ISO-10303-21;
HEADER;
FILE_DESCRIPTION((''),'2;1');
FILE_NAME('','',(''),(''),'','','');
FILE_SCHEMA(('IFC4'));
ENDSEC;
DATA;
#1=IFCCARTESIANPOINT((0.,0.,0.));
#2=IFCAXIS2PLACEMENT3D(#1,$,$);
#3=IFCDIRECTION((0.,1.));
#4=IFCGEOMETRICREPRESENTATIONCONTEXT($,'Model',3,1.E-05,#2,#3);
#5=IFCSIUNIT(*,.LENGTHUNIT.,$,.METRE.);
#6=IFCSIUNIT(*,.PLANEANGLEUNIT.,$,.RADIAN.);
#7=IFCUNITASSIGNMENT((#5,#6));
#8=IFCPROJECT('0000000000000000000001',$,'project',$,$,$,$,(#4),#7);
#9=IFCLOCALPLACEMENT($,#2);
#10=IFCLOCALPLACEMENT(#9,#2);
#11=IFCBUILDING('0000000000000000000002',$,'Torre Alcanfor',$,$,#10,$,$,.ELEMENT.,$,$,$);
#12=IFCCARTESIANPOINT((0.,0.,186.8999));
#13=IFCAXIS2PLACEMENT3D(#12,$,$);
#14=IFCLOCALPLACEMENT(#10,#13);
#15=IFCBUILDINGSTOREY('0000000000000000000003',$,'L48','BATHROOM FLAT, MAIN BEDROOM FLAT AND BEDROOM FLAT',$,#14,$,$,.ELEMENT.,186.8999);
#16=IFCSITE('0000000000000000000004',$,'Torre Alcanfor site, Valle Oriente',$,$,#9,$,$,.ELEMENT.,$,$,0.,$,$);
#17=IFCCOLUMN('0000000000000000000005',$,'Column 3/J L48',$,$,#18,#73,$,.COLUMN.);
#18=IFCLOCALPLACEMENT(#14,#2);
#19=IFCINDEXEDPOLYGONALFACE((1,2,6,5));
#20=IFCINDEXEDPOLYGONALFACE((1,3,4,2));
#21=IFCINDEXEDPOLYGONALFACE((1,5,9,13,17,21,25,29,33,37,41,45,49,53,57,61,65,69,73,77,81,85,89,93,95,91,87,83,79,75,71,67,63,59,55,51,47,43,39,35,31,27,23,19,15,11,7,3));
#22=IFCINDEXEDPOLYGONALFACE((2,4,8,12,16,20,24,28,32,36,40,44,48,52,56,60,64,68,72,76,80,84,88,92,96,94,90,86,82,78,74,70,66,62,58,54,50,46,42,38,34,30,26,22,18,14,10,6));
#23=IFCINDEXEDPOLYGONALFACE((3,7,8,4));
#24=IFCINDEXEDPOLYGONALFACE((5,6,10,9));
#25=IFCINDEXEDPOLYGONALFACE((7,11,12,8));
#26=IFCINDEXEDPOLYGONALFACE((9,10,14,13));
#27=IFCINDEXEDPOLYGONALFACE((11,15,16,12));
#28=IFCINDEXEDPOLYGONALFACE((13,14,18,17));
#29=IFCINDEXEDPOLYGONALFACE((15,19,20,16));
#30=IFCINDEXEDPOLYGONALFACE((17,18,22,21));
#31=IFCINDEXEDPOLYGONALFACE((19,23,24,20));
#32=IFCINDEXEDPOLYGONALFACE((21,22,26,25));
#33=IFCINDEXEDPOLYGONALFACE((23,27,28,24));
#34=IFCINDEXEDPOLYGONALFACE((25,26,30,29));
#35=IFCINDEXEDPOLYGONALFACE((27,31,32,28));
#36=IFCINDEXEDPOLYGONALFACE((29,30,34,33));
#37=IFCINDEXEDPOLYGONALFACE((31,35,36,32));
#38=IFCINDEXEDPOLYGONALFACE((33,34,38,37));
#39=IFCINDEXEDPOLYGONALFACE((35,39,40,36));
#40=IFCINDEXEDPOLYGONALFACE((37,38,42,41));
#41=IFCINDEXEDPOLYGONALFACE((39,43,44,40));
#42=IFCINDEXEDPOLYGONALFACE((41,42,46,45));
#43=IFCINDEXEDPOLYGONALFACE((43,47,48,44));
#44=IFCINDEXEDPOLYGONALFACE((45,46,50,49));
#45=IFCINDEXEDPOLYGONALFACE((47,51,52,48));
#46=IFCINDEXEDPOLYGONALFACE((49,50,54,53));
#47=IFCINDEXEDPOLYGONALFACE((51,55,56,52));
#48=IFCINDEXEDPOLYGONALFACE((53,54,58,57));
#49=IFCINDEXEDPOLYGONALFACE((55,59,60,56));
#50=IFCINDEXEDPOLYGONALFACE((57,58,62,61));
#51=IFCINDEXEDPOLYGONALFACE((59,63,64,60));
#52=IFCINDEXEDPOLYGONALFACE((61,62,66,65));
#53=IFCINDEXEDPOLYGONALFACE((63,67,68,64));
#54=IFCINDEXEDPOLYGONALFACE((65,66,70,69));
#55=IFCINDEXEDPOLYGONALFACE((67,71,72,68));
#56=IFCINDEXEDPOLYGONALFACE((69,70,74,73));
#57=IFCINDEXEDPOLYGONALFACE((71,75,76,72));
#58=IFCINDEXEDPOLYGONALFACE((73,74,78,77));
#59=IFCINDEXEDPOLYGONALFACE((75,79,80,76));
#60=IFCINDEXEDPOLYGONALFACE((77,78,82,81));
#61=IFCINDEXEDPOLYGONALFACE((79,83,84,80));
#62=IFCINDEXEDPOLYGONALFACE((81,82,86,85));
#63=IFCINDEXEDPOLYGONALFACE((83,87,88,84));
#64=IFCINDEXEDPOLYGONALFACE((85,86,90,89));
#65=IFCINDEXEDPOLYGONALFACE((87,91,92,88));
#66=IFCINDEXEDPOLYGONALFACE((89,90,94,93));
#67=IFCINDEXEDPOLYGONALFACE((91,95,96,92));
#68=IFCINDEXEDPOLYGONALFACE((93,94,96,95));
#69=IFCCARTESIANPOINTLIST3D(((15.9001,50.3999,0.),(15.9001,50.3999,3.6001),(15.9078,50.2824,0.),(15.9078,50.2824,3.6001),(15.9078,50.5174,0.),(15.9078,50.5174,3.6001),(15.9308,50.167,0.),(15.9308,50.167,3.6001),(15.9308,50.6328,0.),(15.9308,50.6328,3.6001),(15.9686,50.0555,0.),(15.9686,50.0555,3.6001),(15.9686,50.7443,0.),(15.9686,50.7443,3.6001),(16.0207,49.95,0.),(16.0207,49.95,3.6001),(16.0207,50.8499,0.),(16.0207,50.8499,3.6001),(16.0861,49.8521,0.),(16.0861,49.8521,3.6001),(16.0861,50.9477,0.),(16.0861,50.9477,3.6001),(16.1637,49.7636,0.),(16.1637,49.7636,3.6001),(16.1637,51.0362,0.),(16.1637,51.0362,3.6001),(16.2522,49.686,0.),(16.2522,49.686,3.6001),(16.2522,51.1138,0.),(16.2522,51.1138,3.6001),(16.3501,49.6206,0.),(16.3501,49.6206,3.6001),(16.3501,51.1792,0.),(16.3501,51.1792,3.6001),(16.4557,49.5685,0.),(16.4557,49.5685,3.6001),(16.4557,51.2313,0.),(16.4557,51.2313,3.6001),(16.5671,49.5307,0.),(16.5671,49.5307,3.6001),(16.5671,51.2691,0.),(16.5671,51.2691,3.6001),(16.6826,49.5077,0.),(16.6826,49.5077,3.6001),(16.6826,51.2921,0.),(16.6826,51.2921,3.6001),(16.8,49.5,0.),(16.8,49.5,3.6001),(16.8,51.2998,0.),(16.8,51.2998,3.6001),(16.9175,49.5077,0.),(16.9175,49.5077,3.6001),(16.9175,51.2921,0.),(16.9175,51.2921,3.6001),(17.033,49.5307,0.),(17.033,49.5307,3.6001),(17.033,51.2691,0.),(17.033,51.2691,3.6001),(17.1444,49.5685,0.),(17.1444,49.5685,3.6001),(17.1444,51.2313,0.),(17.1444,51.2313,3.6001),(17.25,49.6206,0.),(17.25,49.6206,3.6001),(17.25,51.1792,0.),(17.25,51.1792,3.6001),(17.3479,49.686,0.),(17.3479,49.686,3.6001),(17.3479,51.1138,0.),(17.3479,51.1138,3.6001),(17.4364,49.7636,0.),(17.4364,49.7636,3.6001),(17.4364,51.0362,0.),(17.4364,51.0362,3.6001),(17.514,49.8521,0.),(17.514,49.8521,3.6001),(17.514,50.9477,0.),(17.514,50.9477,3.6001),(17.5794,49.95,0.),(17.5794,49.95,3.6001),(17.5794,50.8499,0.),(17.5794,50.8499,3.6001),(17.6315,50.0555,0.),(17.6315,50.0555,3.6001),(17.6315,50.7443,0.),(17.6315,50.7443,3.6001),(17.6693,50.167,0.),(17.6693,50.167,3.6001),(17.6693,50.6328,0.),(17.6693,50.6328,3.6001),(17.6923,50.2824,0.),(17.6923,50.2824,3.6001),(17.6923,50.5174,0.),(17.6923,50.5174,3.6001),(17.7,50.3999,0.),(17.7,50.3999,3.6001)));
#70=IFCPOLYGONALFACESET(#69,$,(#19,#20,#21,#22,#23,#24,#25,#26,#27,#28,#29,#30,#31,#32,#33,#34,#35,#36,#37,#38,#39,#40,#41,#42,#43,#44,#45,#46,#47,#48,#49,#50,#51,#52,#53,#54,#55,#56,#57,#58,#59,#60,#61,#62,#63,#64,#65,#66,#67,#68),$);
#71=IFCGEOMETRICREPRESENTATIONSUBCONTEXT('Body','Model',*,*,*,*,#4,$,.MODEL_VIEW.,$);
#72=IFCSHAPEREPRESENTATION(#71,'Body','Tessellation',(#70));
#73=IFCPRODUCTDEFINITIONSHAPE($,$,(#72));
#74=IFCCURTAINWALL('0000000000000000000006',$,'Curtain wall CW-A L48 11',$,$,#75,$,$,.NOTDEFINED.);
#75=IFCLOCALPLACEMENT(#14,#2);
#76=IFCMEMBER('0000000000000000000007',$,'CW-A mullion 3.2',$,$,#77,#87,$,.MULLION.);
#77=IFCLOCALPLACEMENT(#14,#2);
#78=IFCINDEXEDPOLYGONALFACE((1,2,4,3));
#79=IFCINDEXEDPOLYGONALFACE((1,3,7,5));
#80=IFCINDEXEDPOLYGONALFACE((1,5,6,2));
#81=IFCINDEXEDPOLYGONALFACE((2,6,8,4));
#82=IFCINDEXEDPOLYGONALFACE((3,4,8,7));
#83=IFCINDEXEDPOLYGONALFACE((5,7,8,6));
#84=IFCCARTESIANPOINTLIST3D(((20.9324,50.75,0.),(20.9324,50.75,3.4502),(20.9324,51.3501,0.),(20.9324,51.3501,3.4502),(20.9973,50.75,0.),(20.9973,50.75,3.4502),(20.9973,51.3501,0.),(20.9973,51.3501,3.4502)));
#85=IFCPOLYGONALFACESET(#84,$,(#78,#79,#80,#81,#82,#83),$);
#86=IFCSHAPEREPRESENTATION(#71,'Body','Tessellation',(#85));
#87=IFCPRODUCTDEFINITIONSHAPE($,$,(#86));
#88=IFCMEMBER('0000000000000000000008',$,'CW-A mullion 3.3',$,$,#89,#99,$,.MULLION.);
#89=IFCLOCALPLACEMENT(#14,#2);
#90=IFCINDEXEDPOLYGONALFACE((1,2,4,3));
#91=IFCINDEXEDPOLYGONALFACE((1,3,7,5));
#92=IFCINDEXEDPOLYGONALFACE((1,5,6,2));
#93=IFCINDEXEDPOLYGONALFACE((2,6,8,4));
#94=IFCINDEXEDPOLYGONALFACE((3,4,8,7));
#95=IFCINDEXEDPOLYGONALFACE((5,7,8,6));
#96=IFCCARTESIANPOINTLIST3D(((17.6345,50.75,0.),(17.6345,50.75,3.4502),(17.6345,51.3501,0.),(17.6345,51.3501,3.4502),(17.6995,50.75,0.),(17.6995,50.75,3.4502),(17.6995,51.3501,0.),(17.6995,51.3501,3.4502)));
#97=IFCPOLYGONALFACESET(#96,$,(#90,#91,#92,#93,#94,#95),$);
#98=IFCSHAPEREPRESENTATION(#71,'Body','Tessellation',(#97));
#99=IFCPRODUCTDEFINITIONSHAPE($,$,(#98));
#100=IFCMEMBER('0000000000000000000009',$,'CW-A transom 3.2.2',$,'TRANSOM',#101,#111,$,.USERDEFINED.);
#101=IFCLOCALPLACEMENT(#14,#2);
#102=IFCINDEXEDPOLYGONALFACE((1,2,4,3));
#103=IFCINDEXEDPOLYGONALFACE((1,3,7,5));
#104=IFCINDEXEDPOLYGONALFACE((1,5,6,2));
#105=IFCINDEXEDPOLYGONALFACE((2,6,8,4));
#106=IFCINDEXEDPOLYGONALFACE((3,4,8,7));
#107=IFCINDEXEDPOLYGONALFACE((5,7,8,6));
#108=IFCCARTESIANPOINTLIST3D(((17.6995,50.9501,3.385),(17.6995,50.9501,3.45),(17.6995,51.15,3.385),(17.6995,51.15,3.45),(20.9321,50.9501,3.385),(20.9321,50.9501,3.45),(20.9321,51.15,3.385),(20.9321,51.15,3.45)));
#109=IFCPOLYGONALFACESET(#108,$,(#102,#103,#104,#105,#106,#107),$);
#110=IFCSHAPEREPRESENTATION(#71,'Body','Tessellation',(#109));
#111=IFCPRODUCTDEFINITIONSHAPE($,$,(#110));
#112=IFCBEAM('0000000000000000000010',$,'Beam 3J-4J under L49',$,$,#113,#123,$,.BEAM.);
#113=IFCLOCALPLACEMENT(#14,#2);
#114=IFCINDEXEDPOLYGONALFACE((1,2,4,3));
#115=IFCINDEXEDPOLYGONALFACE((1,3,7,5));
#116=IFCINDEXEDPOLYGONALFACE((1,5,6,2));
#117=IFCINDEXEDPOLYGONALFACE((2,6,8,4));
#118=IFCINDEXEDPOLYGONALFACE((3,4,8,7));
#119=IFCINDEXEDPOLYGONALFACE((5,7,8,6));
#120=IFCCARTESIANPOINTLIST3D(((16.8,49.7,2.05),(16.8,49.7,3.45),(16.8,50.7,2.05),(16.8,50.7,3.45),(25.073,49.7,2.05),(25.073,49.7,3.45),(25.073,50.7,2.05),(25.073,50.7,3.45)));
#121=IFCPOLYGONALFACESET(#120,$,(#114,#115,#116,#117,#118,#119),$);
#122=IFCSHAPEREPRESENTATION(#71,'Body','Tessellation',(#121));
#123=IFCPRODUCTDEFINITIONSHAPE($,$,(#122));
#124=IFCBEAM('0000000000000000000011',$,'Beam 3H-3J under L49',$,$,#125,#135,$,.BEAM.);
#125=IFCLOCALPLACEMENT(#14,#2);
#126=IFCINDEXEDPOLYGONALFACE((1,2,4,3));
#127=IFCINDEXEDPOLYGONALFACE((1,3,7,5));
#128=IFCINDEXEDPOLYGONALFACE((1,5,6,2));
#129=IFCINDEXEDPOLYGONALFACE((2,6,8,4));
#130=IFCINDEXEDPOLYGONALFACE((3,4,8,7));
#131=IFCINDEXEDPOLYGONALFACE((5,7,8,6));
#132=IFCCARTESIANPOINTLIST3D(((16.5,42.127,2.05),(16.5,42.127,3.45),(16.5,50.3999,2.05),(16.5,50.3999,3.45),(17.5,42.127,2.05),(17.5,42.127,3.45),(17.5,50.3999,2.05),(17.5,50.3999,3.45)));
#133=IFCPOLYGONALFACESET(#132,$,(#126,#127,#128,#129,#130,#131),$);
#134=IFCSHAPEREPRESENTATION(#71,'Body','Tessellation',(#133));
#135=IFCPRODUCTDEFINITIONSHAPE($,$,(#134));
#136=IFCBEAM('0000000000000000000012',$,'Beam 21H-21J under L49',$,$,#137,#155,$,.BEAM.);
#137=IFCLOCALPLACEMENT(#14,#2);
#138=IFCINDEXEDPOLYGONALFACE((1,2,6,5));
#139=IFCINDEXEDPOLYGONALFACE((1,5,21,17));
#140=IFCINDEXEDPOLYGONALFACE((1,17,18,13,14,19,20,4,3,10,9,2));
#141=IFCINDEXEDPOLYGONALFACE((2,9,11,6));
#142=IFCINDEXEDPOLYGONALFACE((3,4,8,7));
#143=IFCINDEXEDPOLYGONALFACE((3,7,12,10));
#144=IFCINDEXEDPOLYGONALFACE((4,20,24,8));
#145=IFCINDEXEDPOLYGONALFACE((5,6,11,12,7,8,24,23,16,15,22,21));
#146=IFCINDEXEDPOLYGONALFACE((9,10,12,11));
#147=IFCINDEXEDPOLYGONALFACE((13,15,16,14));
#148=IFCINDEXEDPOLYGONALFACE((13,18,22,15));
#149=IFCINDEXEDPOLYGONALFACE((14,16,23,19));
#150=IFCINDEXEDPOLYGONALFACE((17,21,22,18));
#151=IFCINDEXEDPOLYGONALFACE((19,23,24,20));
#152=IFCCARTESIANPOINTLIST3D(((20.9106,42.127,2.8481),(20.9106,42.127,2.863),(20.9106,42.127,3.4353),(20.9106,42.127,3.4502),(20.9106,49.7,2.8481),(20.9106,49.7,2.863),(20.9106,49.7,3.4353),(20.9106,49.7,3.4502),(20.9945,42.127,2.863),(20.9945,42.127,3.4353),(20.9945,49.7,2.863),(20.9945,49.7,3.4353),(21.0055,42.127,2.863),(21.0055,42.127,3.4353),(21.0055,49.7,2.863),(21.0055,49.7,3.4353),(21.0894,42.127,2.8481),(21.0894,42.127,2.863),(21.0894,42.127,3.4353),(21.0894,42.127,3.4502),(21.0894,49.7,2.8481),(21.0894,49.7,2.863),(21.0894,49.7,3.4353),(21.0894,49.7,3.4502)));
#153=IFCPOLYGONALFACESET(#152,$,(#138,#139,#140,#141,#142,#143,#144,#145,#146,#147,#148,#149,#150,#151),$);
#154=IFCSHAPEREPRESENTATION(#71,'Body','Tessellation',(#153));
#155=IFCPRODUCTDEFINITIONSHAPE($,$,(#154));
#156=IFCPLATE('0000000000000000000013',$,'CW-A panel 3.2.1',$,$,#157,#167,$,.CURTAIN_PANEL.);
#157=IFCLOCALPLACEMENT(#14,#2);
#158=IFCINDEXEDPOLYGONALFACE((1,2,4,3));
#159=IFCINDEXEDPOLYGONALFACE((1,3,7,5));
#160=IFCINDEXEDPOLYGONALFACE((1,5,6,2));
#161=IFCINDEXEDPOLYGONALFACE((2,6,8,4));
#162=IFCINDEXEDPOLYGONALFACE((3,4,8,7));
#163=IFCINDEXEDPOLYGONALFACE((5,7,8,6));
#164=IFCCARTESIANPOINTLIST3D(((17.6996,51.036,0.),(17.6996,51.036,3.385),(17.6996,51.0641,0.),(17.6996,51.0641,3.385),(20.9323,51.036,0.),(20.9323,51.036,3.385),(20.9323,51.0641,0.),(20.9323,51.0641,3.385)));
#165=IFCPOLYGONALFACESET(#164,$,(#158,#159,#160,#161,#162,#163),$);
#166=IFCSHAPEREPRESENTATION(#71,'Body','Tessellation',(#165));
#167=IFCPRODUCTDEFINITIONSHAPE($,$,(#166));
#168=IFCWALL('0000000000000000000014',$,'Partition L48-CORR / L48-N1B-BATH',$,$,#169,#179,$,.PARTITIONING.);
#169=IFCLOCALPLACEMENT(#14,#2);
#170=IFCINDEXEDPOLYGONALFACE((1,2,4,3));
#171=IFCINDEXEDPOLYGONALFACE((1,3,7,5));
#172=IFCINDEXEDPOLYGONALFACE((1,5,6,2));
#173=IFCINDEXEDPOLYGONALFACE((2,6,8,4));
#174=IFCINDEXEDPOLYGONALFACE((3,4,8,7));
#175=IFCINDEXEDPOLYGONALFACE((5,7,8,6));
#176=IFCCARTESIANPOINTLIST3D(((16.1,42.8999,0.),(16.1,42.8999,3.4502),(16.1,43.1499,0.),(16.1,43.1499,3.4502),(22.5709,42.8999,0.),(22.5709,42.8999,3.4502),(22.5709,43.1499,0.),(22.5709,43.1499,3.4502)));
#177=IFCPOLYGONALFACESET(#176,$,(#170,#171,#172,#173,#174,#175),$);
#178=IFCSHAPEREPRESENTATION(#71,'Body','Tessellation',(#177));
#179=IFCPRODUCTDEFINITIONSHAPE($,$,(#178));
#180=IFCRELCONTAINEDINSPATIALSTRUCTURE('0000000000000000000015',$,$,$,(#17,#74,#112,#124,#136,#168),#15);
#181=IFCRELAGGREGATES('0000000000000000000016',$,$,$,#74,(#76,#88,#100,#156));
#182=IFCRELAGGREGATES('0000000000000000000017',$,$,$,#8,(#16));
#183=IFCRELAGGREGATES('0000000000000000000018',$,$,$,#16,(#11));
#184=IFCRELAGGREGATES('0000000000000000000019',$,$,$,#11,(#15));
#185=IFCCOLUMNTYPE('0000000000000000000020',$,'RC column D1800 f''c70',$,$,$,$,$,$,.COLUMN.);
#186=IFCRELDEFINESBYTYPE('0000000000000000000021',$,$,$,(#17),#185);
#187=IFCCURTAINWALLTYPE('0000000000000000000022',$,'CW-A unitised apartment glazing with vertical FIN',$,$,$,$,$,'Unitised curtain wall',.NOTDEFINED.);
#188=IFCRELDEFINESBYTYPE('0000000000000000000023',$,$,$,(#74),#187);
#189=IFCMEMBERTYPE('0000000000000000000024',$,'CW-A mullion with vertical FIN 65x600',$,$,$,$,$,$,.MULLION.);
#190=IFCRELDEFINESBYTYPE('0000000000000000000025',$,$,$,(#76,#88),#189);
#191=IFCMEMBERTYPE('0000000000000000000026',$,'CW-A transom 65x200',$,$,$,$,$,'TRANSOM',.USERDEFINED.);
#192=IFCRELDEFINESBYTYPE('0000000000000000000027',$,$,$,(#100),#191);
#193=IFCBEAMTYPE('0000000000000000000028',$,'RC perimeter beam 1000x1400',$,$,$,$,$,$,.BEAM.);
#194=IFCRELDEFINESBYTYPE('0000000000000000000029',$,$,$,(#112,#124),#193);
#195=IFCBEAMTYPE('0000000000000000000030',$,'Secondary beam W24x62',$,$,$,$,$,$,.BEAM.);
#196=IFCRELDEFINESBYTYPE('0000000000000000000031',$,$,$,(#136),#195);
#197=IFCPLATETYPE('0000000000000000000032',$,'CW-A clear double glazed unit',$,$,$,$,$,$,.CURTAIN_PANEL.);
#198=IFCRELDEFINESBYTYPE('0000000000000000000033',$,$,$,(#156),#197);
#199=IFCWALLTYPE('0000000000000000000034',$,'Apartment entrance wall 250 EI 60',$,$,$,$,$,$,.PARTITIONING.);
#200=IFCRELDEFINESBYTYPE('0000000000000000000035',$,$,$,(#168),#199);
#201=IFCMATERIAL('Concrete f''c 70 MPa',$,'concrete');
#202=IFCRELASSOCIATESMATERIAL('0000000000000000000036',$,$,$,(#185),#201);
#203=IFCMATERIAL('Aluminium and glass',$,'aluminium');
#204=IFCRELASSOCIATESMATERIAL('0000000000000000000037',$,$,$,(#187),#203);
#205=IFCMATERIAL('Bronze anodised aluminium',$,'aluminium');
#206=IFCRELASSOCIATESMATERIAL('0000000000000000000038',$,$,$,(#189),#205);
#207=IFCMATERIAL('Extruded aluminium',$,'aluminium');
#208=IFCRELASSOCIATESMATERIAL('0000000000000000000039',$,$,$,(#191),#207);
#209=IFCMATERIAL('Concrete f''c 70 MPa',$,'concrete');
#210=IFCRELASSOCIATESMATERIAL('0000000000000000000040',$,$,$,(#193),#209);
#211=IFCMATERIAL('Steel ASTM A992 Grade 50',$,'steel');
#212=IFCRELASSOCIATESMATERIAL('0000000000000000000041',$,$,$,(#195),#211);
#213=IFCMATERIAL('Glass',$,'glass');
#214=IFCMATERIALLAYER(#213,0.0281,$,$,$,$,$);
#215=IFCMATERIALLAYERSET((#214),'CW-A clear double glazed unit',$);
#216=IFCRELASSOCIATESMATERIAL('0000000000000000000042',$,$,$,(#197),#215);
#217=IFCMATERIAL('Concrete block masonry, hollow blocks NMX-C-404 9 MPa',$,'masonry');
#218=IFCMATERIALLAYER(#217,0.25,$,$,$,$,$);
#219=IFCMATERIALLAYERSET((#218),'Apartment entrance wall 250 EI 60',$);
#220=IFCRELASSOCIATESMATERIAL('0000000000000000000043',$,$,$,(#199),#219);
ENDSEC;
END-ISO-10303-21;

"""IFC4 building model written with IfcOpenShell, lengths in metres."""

from ifc_helpers import new_model, si_unit, direction, frame, frame_2d, origin, origin_2d, place, context, subcontext, project, spatial, rectangle, circle, i_section, extrude, material, layer, layer_set, material_profile, profile_set, type_object, element, aggregate, save


model = new_model("IFC4")

# Units and contexts
model_context = context("Model", 3, precision=1e-05, world=origin(), true_north=direction((0.0, 1.0)))
body_context = subcontext(model_context, "Body", "Model", "MODEL_VIEW")
ifc_project = project(units=[si_unit("LENGTHUNIT", "METRE"), si_unit("PLANEANGLEUNIT", "RADIAN")], contexts=[model_context])

# Site, building, storey
site_placement = place(None, origin())
site = spatial("IfcSite", under=ifc_project, at=site_placement, Name="Torre Alcanfor site, Valle Oriente", CompositionType="ELEMENT", RefElevation=0.0)
building_placement = place(site_placement, origin())
building = spatial("IfcBuilding", under=site, at=building_placement, Name="Torre Alcanfor", CompositionType="ELEMENT")
storey_placement = place(building_placement, frame((0.0, 0.0, 186.8999)))
storey = spatial("IfcBuildingStorey", under=building, at=storey_placement, Name="L48", Description="BATHROOM FLAT, MAIN BEDROOM FLAT AND BEDROOM FLAT", CompositionType="ELEMENT", Elevation=186.8999)

# Column
ifc_material_1 = material(Name="Concrete f'c 70 MPa", Category="concrete")
ifc_material_profile_1 = material_profile(ifc_material_1, circle(Radius=0.8999, at=origin_2d()), Name="D1800")
ifc_profile_set_1 = profile_set([ifc_material_profile_1], Name="Concrete f'c 70 MPa")
column_type = type_object("IfcColumnType", Name="RC column D1800 f'c70", PredefinedType="COLUMN", material=ifc_profile_set_1)
column_placement = place(storey_placement, frame((16.8, 50.3999, 0.0), z_axis=(0.0, 0.0, 1.0), x_axis=(1.0, 0.0, 0.0)))
element("IfcColumn", 1, at=column_placement, inside=storey, type_object=column_type, Name="Column 3/J L48", PredefinedType="COLUMN", context=body_context, shape_type="SweptSolid", body=[
    extrude(circle(Radius=0.8999, at=origin_2d()), origin(), (0.0, 0.0, 1.0), 3.6001),
])

# Curtain wall, members
ifc_material_2 = material(Name="Aluminium and glass", Category="aluminium")
curtain_wall_type = type_object("IfcCurtainWallType", Name="CW-A unitised apartment glazing with vertical FIN", ElementType="Unitised curtain wall", PredefinedType="NOTDEFINED", material=ifc_material_2)
curtain_wall_placement = place(storey_placement, origin())
curtain_wall = element("IfcCurtainWall", 2, at=curtain_wall_placement, inside=storey, type_object=curtain_wall_type, Name="Curtain wall CW-A L48 11", PredefinedType="NOTDEFINED")
ifc_material_3 = material(Name="Bronze anodised aluminium", Category="aluminium")
ifc_material_profile_2 = material_profile(ifc_material_3, rectangle(XDim=0.6001, YDim=0.0649, at=origin_2d()), Name="CW-A mullion 65x600")
ifc_profile_set_2 = profile_set([ifc_material_profile_2], Name="Bronze anodised aluminium")
member_type_1 = type_object("IfcMemberType", Name="CW-A mullion with vertical FIN 65x600", PredefinedType="MULLION", material=ifc_profile_set_2)
member_1_placement = place(storey_placement, frame((20.9648, 51.05, 0.0), z_axis=(0.0, 0.0, 1.0), x_axis=(0.0, -1.0, 0.0)))
member_1 = element("IfcMember", 3, at=member_1_placement, type_object=member_type_1, Name="CW-A mullion 3.2", PredefinedType="MULLION", context=body_context, shape_type="SweptSolid", body=[
    extrude(rectangle(XDim=0.6001, YDim=0.0649, at=origin_2d()), origin(), (0.0, 0.0, 1.0), 3.4502),
])
member_2_placement = place(storey_placement, frame((17.667, 51.05, 0.0), z_axis=(0.0, 0.0, 1.0), x_axis=(0.0, -1.0, 0.0)))
member_2 = element("IfcMember", 4, at=member_2_placement, type_object=member_type_1, Name="CW-A mullion 3.3", PredefinedType="MULLION", context=body_context, shape_type="SweptSolid", body=[
    extrude(rectangle(XDim=0.6001, YDim=0.0649, at=origin_2d()), origin(), (0.0, 0.0, 1.0), 3.4502),
])
ifc_material_4 = material(Name="Extruded aluminium", Category="aluminium")
ifc_material_profile_3 = material_profile(ifc_material_4, rectangle(XDim=0.2, YDim=0.0649, at=origin_2d()), Name="CW-A transom 200x65")
ifc_profile_set_3 = profile_set([ifc_material_profile_3], Name="Extruded aluminium")
member_type_2 = type_object("IfcMemberType", Name="CW-A transom 65x200", ElementType="TRANSOM", PredefinedType="USERDEFINED", material=ifc_profile_set_3)
member_3_placement = place(storey_placement, frame((20.9321, 51.05, 3.4175), z_axis=(-1.0, 0.0, 0.0), x_axis=(0.0, -1.0, 0.0)))
member_3 = element("IfcMember", 5, at=member_3_placement, type_object=member_type_2, Name="CW-A transom 3.2.2", ObjectType="TRANSOM", PredefinedType="USERDEFINED", context=body_context, shape_type="SweptSolid", body=[
    extrude(rectangle(XDim=0.2, YDim=0.0649, at=origin_2d()), origin(), (0.0, 0.0, 1.0), 3.2327),
])

# Beams
ifc_material_5 = material(Name="Concrete f'c 70 MPa", Category="concrete")
ifc_material_profile_4 = material_profile(ifc_material_5, rectangle(XDim=1.0, YDim=1.3999, at=origin_2d()), Name="1000x1400")
ifc_profile_set_4 = profile_set([ifc_material_profile_4], Name="Concrete f'c 70 MPa")
beam_type_1 = type_object("IfcBeamType", Name="RC perimeter beam 1000x1400", PredefinedType="BEAM", material=ifc_profile_set_4)
for number, where, z_axis, x_axis, name in (
    (6, (16.8, 50.2, 2.75), (1.0, 0.0, 0.0), (0.0, 1.0, 0.0), "Beam 3J-4J under L49"),
    (7, (17.0, 42.127, 2.75), (0.0, 1.0, 0.0), (-1.0, 0.0, 0.0), "Beam 3H-3J under L49"),
):
    element("IfcBeam", number, at=place(storey_placement, frame(where, z_axis=z_axis, x_axis=x_axis)), inside=storey, type_object=beam_type_1, Name=name, PredefinedType="BEAM", context=body_context, shape_type="SweptSolid", body=[
        extrude(rectangle(XDim=1.0, YDim=1.3999, at=origin_2d()), origin(), (0.0, 0.0, 1.0), 8.2729),
    ])
ifc_material_6 = material(Name="Steel ASTM A992 Grade 50", Category="steel")
ifc_material_profile_5 = material_profile(ifc_material_6, i_section(OverallWidth=0.1787, OverallDepth=0.6021, WebThickness=0.011, FlangeThickness=0.0149, at=origin_2d()), Name="W24x62")
ifc_profile_set_5 = profile_set([ifc_material_profile_5], Name="Steel ASTM A992 Grade 50")
beam_type_2 = type_object("IfcBeamType", Name="Secondary beam W24x62", PredefinedType="BEAM", material=ifc_profile_set_5)
beam_placement = place(storey_placement, frame((21.0, 42.127, 3.1492), z_axis=(0.0, 1.0, 0.0), x_axis=(-1.0, 0.0, 0.0)))
element("IfcBeam", 8, at=beam_placement, inside=storey, type_object=beam_type_2, Name="Beam 21H-21J under L49", PredefinedType="BEAM", context=body_context, shape_type="SweptSolid", body=[
    extrude(i_section(OverallWidth=0.1787, OverallDepth=0.6021, WebThickness=0.011, FlangeThickness=0.0149, at=origin_2d()), origin(), (0.0, 0.0, 1.0), 7.573),
])

# Plate
ifc_material_7 = material(Name="Glass", Category="glass")
ifc_layer_1 = layer(ifc_material_7, 0.0281)
ifc_layer_set_1 = layer_set([ifc_layer_1], Name="CW-A clear double glazed unit")
plate_type = type_object("IfcPlateType", Name="CW-A clear double glazed unit", PredefinedType="CURTAIN_PANEL", material=ifc_layer_set_1)
plate_placement = place(storey_placement, frame((19.3159, 51.05, 0.0), z_axis=(0.0, 0.0, 1.0), x_axis=(-1.0, 0.0, 0.0)))
plate = element("IfcPlate", 9, at=plate_placement, type_object=plate_type, Name="CW-A panel 3.2.1", PredefinedType="CURTAIN_PANEL", context=body_context, shape_type="SweptSolid", body=[
    extrude(rectangle(XDim=3.2327, YDim=0.0281, at=origin_2d()), origin(), (0.0, 0.0, 1.0), 3.385),
])
aggregate(curtain_wall, [member_1, member_2, member_3, plate])

# Wall
ifc_material_8 = material(Name="Concrete block masonry, hollow blocks NMX-C-404 9 MPa", Category="masonry")
ifc_layer_2 = layer(ifc_material_8, 0.25)
ifc_layer_set_2 = layer_set([ifc_layer_2], Name="Apartment entrance wall 250 EI 60")
wall_type_1 = type_object("IfcWallType", Name="Apartment entrance wall 250 EI 60", PredefinedType="PARTITIONING", material=ifc_layer_set_2)
wall_1_placement = place(storey_placement, frame((16.1001, 43.0249, 0.0), z_axis=(0.0, 0.0, 1.0), x_axis=(1.0, 0.0, 0.0)))
element("IfcWall", 10, at=wall_1_placement, inside=storey, type_object=wall_type_1, Name="Partition L48-CORR / L48-N1B-BATH", PredefinedType="PARTITIONING", context=body_context, shape_type="SweptSolid", body=[
    extrude(rectangle(XDim=6.4709, YDim=0.25, at=frame_2d((3.2354, 0.0))), origin(), (0.0, 0.0, 1.0), 3.4502),
])

save(model, "model.ifc")
